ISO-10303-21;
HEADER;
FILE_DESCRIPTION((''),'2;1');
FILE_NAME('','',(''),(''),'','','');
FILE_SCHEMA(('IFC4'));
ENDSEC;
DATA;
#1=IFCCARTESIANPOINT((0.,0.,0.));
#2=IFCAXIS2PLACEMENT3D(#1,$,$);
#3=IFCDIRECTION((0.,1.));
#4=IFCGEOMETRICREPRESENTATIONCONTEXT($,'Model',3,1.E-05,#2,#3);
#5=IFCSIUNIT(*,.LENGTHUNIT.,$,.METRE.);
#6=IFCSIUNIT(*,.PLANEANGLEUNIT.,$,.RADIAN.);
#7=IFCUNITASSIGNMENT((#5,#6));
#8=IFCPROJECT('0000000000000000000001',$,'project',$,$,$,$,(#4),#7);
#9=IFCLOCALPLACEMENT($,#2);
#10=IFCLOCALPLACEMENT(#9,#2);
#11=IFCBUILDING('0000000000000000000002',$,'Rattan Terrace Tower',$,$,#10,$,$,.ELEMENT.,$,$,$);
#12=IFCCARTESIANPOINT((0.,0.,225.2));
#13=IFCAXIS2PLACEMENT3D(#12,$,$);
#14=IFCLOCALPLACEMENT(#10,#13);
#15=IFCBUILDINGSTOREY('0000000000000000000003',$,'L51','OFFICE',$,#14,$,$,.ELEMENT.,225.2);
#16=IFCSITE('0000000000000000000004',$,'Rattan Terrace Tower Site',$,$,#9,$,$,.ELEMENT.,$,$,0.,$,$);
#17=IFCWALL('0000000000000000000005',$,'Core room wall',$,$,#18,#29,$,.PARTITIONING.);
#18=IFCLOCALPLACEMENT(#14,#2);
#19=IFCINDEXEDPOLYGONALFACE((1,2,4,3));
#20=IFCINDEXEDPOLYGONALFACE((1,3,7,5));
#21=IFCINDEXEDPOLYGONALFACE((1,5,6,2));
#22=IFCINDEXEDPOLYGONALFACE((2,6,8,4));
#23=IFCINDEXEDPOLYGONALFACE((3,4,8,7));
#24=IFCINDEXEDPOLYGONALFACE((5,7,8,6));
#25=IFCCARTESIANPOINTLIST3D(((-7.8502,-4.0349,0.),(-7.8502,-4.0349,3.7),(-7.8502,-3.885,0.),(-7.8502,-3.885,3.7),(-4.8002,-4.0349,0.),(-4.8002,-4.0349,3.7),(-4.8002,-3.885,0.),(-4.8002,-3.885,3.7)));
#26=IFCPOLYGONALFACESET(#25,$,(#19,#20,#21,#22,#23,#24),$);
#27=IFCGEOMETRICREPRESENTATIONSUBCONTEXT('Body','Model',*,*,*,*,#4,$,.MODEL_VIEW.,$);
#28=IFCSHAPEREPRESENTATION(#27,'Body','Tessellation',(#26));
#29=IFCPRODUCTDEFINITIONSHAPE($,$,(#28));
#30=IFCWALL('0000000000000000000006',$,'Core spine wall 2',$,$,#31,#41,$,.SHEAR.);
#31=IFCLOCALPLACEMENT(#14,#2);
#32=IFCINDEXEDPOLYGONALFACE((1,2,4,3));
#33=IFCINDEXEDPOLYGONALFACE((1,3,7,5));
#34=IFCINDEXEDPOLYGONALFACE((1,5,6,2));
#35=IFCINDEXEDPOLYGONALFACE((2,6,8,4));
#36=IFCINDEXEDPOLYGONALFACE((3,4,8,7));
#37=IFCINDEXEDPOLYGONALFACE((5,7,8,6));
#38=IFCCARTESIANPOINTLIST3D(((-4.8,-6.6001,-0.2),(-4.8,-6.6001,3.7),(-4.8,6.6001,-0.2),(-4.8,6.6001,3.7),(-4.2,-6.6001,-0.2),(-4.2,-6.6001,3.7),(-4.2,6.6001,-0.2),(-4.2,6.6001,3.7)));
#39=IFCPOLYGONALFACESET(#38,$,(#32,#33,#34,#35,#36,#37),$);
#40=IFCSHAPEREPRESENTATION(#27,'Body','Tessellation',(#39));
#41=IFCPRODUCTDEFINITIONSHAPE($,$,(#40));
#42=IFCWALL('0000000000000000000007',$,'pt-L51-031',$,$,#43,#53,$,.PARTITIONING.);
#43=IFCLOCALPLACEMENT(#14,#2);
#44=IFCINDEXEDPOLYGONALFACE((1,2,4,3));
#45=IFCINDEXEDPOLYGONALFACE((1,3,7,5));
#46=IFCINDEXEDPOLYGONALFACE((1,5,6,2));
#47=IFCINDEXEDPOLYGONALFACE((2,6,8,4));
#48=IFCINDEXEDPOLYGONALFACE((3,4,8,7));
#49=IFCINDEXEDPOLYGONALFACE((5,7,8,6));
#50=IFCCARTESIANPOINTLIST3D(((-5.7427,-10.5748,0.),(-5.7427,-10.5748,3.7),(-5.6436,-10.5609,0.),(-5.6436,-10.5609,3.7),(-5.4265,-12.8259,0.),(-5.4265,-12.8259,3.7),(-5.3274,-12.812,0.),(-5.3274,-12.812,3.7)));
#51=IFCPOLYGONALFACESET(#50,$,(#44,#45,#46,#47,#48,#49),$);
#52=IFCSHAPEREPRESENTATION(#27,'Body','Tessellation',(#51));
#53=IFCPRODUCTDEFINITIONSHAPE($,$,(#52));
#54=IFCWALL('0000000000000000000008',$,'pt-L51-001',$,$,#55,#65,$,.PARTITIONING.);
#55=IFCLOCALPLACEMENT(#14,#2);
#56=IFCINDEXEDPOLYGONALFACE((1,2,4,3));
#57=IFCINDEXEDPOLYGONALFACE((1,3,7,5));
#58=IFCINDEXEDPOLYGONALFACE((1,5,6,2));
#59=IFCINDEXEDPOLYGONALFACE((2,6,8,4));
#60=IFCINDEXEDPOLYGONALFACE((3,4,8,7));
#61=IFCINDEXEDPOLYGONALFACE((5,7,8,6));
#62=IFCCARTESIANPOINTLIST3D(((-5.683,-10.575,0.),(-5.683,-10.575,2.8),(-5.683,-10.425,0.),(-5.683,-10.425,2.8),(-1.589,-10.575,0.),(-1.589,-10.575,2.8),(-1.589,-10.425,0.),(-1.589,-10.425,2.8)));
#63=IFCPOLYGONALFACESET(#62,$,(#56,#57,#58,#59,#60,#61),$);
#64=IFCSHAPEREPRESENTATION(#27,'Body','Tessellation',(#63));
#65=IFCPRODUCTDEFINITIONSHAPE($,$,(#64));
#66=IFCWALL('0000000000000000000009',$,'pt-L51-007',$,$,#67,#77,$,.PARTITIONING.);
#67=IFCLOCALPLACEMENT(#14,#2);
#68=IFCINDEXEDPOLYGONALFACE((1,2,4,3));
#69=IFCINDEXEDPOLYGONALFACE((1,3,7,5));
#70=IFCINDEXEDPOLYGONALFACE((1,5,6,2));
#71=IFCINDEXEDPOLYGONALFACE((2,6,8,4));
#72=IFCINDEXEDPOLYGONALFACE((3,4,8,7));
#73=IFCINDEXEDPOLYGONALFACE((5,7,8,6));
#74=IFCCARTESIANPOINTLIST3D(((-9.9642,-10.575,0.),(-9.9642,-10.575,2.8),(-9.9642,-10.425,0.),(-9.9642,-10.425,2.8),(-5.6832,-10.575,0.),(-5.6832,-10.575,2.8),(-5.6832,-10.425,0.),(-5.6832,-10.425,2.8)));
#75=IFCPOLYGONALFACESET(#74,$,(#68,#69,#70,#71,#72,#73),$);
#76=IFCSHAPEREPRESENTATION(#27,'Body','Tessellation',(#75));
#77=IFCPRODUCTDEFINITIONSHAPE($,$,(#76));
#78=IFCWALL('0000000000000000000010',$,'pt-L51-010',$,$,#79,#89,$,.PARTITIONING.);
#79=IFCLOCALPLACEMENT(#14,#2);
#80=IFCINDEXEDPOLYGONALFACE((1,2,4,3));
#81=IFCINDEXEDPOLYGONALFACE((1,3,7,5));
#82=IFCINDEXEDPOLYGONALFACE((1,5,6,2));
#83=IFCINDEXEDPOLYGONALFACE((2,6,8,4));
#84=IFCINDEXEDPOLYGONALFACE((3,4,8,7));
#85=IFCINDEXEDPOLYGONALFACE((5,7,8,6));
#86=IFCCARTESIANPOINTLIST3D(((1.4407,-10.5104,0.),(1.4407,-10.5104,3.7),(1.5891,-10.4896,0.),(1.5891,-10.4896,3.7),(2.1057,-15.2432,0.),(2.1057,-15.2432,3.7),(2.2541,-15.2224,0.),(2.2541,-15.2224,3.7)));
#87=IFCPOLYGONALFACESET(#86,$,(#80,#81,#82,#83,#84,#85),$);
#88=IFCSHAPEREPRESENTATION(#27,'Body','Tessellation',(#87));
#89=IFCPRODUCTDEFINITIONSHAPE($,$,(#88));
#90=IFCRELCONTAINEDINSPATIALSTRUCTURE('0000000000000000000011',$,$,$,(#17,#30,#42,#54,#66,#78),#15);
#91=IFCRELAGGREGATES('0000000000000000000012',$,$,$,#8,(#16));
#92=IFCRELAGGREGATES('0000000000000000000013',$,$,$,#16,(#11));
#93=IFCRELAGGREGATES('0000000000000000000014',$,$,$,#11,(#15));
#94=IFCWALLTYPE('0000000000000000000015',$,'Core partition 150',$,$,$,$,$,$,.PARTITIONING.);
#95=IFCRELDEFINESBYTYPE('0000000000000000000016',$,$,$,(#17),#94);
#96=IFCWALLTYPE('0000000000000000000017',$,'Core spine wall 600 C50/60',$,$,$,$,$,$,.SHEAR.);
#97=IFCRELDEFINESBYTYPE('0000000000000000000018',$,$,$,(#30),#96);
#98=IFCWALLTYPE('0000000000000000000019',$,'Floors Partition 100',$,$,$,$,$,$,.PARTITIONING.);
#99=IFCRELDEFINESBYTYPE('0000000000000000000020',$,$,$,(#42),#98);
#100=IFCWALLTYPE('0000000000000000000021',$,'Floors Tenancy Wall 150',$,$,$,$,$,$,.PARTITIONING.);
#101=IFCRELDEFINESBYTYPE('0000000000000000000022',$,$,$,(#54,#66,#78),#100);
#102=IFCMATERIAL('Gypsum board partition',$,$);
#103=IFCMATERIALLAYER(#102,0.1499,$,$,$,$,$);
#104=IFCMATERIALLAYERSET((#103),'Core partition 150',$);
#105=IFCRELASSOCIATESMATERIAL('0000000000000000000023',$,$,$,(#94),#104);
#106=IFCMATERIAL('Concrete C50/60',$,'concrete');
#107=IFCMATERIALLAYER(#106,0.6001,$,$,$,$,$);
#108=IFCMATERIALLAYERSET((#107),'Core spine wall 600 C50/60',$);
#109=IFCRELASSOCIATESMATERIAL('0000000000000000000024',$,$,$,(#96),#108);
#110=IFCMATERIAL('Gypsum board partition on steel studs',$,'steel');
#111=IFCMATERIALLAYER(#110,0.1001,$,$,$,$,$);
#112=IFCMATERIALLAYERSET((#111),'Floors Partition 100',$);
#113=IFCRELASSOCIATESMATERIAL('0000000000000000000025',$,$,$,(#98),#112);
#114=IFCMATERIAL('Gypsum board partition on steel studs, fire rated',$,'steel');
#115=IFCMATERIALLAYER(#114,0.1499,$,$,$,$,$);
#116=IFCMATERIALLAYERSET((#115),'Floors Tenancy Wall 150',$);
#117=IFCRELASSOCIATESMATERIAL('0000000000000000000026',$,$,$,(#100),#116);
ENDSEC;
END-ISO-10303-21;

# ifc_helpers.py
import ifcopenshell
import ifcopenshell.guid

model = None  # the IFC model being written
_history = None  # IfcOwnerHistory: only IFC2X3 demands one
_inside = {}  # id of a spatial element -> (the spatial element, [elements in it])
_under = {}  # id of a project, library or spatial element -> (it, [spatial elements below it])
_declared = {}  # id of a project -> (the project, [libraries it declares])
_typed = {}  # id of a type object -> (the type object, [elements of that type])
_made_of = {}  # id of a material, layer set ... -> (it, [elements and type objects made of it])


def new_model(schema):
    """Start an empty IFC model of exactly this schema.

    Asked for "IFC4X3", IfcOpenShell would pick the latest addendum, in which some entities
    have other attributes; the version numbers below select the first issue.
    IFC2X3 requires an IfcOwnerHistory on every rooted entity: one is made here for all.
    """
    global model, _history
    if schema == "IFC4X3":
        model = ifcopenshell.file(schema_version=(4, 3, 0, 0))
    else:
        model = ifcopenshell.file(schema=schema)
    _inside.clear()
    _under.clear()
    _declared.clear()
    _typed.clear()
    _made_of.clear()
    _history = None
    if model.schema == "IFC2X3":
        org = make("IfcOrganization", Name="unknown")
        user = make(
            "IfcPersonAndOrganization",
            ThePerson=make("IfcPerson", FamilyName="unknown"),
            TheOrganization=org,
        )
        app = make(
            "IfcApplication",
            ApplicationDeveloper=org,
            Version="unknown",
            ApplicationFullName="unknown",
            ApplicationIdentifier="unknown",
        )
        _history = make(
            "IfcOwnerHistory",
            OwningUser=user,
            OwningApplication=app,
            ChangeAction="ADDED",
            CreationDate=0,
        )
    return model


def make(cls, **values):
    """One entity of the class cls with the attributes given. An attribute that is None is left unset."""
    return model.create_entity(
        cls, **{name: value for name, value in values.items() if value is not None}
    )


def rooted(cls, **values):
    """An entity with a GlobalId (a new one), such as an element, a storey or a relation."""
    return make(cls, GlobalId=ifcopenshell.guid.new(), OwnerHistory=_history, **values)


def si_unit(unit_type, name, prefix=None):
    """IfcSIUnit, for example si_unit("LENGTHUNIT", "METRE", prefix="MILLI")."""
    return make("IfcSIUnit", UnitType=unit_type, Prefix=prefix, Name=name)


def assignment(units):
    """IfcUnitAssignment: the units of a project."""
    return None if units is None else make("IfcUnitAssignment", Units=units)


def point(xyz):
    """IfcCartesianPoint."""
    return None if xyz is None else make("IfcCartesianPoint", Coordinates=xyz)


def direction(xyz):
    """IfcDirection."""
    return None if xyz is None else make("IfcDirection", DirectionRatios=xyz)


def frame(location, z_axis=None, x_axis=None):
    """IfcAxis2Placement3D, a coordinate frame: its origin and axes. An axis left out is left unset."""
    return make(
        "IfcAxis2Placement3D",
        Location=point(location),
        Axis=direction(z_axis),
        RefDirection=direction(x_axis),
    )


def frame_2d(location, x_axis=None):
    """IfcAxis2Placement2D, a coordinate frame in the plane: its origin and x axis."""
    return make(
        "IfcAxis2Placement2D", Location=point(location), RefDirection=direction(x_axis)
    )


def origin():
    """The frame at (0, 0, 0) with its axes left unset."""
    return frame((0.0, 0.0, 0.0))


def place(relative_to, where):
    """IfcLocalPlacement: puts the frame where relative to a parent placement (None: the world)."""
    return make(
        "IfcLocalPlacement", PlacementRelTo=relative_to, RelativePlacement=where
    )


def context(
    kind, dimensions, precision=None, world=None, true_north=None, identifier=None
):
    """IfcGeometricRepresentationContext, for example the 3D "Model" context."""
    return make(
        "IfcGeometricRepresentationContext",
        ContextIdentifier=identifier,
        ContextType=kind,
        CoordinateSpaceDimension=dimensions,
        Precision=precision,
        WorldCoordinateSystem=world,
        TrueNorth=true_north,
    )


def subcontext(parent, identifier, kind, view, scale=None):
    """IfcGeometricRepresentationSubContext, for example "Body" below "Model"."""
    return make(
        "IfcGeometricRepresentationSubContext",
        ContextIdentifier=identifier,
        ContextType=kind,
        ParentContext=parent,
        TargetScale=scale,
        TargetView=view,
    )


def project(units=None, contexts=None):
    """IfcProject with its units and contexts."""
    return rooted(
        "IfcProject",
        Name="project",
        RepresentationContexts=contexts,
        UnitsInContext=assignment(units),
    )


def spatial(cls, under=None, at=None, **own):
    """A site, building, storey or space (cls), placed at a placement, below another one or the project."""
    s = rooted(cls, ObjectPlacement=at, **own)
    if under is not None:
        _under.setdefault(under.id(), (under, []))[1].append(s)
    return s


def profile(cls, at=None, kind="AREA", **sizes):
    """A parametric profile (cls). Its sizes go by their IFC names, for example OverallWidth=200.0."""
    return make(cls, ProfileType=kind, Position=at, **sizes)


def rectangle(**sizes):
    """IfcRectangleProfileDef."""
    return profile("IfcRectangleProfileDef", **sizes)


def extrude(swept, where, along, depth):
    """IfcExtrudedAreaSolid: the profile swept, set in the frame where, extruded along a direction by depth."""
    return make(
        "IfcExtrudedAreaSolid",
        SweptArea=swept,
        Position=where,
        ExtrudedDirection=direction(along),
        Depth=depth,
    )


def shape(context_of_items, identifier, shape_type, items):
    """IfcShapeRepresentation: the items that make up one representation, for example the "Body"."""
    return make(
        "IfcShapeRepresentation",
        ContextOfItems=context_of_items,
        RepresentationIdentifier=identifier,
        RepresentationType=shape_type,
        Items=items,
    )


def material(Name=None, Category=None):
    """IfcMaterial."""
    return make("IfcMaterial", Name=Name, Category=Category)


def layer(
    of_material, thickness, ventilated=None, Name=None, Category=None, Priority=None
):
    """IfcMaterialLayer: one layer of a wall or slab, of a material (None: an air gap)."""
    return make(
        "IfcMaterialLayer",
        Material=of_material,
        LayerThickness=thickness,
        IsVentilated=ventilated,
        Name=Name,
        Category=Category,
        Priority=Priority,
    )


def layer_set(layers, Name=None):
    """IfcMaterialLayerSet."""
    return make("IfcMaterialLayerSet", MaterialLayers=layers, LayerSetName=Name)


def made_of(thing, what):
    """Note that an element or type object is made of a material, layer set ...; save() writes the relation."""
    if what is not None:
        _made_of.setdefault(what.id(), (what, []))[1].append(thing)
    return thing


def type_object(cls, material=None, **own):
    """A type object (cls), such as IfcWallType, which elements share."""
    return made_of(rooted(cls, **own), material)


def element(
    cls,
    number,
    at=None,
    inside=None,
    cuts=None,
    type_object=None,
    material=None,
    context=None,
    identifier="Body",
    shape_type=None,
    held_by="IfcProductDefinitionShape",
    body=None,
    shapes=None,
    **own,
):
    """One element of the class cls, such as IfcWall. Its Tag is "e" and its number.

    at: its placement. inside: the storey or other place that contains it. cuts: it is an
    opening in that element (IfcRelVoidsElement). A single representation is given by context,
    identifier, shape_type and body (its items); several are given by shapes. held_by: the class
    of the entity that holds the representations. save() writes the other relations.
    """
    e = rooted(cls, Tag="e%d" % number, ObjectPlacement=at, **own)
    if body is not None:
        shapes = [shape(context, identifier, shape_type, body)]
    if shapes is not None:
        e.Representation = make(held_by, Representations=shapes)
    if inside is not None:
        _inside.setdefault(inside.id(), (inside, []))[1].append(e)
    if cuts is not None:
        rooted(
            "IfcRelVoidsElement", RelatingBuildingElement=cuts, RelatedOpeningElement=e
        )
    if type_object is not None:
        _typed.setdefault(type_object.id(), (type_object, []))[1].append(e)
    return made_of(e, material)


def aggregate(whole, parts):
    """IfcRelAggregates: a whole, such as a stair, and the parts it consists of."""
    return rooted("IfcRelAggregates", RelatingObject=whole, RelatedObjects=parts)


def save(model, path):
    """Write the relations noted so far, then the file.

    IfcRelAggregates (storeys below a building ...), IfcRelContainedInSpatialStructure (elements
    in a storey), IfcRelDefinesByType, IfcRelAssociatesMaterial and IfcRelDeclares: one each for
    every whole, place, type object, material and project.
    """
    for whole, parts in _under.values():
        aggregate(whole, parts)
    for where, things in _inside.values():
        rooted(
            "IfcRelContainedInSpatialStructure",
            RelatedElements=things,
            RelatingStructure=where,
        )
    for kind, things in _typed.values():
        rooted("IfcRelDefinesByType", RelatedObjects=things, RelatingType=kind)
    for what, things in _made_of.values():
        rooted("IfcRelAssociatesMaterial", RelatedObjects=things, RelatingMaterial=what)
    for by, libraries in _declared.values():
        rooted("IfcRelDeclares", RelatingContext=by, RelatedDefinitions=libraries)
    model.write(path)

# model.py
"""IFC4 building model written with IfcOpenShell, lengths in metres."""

from ifc_helpers import new_model, si_unit, direction, frame, frame_2d, origin, place, context, subcontext, project, spatial, rectangle, extrude, material, layer, layer_set, type_object, element, save


model = new_model("IFC4")

# Units and contexts
model_context = context("Model", 3, precision=1e-05, world=origin(), true_north=direction((0.0, 1.0)))
body_context = subcontext(model_context, "Body", "Model", "MODEL_VIEW")
ifc_project = project(units=[si_unit("LENGTHUNIT", "METRE"), si_unit("PLANEANGLEUNIT", "RADIAN")], contexts=[model_context])

# Site, building, storey
site_placement = place(None, origin())
site = spatial("IfcSite", under=ifc_project, at=site_placement, Name="Rattan Terrace Tower Site", CompositionType="ELEMENT", RefElevation=0.0)
building_placement = place(site_placement, origin())
building = spatial("IfcBuilding", under=site, at=building_placement, Name="Rattan Terrace Tower", CompositionType="ELEMENT")
storey_placement = place(building_placement, frame((0.0, 0.0, 225.2)))
storey = spatial("IfcBuildingStorey", under=building, at=storey_placement, Name="L51", Description="OFFICE", CompositionType="ELEMENT", Elevation=225.2)

# Walls
ifc_material_1 = material(Name="Gypsum board partition")
ifc_layer_1 = layer(ifc_material_1, 0.1499)
ifc_layer_set_1 = layer_set([ifc_layer_1], Name="Core partition 150")
wall_type_1 = type_object("IfcWallType", Name="Core partition 150", PredefinedType="PARTITIONING", material=ifc_layer_set_1)
wall_1_placement = place(storey_placement, frame((-7.8501, -3.96, 0.0), z_axis=(0.0, 0.0, 1.0), x_axis=(1.0, 0.0, 0.0)))
element("IfcWall", 1, at=wall_1_placement, inside=storey, type_object=wall_type_1, Name="Core room wall", PredefinedType="PARTITIONING", context=body_context, shape_type="SweptSolid", body=[
    extrude(rectangle(XDim=3.05, YDim=0.1499, at=frame_2d((1.5249, 0.0))), origin(), (0.0, 0.0, 1.0), 3.7),
])
ifc_material_2 = material(Name="Concrete C50/60", Category="concrete")
ifc_layer_2 = layer(ifc_material_2, 0.6001)
ifc_layer_set_2 = layer_set([ifc_layer_2], Name="Core spine wall 600 C50/60")
wall_type_2 = type_object("IfcWallType", Name="Core spine wall 600 C50/60", PredefinedType="SHEAR", material=ifc_layer_set_2)
wall_2_placement = place(storey_placement, frame((-4.5, -6.6001, -0.2), z_axis=(0.0, 0.0, 1.0), x_axis=(0.0, 1.0, 0.0)))
element("IfcWall", 2, at=wall_2_placement, inside=storey, type_object=wall_type_2, Name="Core spine wall 2", PredefinedType="SHEAR", context=body_context, shape_type="SweptSolid", body=[
    extrude(rectangle(XDim=13.2002, YDim=0.6001, at=frame_2d((6.6001, 0.0))), origin(), (0.0, 0.0, 1.0), 3.8999),
])
ifc_material_3 = material(Name="Gypsum board partition on steel studs", Category="steel")
ifc_layer_3 = layer(ifc_material_3, 0.1001)
ifc_layer_set_3 = layer_set([ifc_layer_3], Name="Floors Partition 100")
wall_type_3 = type_object("IfcWallType", Name="Floors Partition 100", PredefinedType="PARTITIONING", material=ifc_layer_set_3)
wall_3_placement = place(storey_placement, frame((-5.377, -12.8191, 0.0), z_axis=(0.0, 0.0, 1.0), x_axis=(-0.13909, 0.99028, 0.0)))
element("IfcWall", 3, at=wall_3_placement, inside=storey, type_object=wall_type_3, Name="pt-L51-031", PredefinedType="PARTITIONING", context=body_context, shape_type="SweptSolid", body=[
    extrude(rectangle(XDim=2.2732, YDim=0.1001, at=frame_2d((1.1367, 0.0))), origin(), (0.0, 0.0, 1.0), 3.7),
])
ifc_material_4 = material(Name="Gypsum board partition on steel studs, fire rated", Category="steel")
ifc_layer_4 = layer(ifc_material_4, 0.1499)
ifc_layer_set_4 = layer_set([ifc_layer_4], Name="Floors Tenancy Wall 150")
wall_type_4 = type_object("IfcWallType", Name="Floors Tenancy Wall 150", PredefinedType="PARTITIONING", material=ifc_layer_set_4)
wall_4_placement = place(storey_placement, frame((-1.5891, -10.5, 0.0), z_axis=(0.0, 0.0, 1.0), x_axis=(-1.0, 0.0, 0.0)))
element("IfcWall", 4, at=wall_4_placement, inside=storey, type_object=wall_type_4, Name="pt-L51-001", PredefinedType="PARTITIONING", context=body_context, shape_type="SweptSolid", body=[
    extrude(rectangle(XDim=4.094, YDim=0.1499, at=frame_2d((2.0469, 0.0))), origin(), (0.0, 0.0, 1.0), 2.8),
])
wall_5_placement = place(storey_placement, frame((-5.6831, -10.5, 0.0), z_axis=(0.0, 0.0, 1.0), x_axis=(-1.0, 0.0, 0.0)))
element("IfcWall", 5, at=wall_5_placement, inside=storey, type_object=wall_type_4, Name="pt-L51-007", PredefinedType="PARTITIONING", context=body_context, shape_type="SweptSolid", body=[
    extrude(rectangle(XDim=4.281, YDim=0.1499, at=frame_2d((2.1406, 0.0))), origin(), (0.0, 0.0, 1.0), 2.8),
])
wall_6_placement = place(storey_placement, frame((1.5149, -10.5, 0.0), z_axis=(0.0, 0.0, 1.0), x_axis=(0.139147, -0.990272, 0.0)))
element("IfcWall", 6, at=wall_6_placement, inside=storey, type_object=wall_type_4, Name="pt-L51-010", PredefinedType="PARTITIONING", context=body_context, shape_type="SweptSolid", body=[
    extrude(rectangle(XDim=4.7793, YDim=0.1499, at=frame_2d((2.3896, 0.0))), origin(), (0.0, 0.0, 1.0), 3.7),
])

save(model, "model.ifc")
